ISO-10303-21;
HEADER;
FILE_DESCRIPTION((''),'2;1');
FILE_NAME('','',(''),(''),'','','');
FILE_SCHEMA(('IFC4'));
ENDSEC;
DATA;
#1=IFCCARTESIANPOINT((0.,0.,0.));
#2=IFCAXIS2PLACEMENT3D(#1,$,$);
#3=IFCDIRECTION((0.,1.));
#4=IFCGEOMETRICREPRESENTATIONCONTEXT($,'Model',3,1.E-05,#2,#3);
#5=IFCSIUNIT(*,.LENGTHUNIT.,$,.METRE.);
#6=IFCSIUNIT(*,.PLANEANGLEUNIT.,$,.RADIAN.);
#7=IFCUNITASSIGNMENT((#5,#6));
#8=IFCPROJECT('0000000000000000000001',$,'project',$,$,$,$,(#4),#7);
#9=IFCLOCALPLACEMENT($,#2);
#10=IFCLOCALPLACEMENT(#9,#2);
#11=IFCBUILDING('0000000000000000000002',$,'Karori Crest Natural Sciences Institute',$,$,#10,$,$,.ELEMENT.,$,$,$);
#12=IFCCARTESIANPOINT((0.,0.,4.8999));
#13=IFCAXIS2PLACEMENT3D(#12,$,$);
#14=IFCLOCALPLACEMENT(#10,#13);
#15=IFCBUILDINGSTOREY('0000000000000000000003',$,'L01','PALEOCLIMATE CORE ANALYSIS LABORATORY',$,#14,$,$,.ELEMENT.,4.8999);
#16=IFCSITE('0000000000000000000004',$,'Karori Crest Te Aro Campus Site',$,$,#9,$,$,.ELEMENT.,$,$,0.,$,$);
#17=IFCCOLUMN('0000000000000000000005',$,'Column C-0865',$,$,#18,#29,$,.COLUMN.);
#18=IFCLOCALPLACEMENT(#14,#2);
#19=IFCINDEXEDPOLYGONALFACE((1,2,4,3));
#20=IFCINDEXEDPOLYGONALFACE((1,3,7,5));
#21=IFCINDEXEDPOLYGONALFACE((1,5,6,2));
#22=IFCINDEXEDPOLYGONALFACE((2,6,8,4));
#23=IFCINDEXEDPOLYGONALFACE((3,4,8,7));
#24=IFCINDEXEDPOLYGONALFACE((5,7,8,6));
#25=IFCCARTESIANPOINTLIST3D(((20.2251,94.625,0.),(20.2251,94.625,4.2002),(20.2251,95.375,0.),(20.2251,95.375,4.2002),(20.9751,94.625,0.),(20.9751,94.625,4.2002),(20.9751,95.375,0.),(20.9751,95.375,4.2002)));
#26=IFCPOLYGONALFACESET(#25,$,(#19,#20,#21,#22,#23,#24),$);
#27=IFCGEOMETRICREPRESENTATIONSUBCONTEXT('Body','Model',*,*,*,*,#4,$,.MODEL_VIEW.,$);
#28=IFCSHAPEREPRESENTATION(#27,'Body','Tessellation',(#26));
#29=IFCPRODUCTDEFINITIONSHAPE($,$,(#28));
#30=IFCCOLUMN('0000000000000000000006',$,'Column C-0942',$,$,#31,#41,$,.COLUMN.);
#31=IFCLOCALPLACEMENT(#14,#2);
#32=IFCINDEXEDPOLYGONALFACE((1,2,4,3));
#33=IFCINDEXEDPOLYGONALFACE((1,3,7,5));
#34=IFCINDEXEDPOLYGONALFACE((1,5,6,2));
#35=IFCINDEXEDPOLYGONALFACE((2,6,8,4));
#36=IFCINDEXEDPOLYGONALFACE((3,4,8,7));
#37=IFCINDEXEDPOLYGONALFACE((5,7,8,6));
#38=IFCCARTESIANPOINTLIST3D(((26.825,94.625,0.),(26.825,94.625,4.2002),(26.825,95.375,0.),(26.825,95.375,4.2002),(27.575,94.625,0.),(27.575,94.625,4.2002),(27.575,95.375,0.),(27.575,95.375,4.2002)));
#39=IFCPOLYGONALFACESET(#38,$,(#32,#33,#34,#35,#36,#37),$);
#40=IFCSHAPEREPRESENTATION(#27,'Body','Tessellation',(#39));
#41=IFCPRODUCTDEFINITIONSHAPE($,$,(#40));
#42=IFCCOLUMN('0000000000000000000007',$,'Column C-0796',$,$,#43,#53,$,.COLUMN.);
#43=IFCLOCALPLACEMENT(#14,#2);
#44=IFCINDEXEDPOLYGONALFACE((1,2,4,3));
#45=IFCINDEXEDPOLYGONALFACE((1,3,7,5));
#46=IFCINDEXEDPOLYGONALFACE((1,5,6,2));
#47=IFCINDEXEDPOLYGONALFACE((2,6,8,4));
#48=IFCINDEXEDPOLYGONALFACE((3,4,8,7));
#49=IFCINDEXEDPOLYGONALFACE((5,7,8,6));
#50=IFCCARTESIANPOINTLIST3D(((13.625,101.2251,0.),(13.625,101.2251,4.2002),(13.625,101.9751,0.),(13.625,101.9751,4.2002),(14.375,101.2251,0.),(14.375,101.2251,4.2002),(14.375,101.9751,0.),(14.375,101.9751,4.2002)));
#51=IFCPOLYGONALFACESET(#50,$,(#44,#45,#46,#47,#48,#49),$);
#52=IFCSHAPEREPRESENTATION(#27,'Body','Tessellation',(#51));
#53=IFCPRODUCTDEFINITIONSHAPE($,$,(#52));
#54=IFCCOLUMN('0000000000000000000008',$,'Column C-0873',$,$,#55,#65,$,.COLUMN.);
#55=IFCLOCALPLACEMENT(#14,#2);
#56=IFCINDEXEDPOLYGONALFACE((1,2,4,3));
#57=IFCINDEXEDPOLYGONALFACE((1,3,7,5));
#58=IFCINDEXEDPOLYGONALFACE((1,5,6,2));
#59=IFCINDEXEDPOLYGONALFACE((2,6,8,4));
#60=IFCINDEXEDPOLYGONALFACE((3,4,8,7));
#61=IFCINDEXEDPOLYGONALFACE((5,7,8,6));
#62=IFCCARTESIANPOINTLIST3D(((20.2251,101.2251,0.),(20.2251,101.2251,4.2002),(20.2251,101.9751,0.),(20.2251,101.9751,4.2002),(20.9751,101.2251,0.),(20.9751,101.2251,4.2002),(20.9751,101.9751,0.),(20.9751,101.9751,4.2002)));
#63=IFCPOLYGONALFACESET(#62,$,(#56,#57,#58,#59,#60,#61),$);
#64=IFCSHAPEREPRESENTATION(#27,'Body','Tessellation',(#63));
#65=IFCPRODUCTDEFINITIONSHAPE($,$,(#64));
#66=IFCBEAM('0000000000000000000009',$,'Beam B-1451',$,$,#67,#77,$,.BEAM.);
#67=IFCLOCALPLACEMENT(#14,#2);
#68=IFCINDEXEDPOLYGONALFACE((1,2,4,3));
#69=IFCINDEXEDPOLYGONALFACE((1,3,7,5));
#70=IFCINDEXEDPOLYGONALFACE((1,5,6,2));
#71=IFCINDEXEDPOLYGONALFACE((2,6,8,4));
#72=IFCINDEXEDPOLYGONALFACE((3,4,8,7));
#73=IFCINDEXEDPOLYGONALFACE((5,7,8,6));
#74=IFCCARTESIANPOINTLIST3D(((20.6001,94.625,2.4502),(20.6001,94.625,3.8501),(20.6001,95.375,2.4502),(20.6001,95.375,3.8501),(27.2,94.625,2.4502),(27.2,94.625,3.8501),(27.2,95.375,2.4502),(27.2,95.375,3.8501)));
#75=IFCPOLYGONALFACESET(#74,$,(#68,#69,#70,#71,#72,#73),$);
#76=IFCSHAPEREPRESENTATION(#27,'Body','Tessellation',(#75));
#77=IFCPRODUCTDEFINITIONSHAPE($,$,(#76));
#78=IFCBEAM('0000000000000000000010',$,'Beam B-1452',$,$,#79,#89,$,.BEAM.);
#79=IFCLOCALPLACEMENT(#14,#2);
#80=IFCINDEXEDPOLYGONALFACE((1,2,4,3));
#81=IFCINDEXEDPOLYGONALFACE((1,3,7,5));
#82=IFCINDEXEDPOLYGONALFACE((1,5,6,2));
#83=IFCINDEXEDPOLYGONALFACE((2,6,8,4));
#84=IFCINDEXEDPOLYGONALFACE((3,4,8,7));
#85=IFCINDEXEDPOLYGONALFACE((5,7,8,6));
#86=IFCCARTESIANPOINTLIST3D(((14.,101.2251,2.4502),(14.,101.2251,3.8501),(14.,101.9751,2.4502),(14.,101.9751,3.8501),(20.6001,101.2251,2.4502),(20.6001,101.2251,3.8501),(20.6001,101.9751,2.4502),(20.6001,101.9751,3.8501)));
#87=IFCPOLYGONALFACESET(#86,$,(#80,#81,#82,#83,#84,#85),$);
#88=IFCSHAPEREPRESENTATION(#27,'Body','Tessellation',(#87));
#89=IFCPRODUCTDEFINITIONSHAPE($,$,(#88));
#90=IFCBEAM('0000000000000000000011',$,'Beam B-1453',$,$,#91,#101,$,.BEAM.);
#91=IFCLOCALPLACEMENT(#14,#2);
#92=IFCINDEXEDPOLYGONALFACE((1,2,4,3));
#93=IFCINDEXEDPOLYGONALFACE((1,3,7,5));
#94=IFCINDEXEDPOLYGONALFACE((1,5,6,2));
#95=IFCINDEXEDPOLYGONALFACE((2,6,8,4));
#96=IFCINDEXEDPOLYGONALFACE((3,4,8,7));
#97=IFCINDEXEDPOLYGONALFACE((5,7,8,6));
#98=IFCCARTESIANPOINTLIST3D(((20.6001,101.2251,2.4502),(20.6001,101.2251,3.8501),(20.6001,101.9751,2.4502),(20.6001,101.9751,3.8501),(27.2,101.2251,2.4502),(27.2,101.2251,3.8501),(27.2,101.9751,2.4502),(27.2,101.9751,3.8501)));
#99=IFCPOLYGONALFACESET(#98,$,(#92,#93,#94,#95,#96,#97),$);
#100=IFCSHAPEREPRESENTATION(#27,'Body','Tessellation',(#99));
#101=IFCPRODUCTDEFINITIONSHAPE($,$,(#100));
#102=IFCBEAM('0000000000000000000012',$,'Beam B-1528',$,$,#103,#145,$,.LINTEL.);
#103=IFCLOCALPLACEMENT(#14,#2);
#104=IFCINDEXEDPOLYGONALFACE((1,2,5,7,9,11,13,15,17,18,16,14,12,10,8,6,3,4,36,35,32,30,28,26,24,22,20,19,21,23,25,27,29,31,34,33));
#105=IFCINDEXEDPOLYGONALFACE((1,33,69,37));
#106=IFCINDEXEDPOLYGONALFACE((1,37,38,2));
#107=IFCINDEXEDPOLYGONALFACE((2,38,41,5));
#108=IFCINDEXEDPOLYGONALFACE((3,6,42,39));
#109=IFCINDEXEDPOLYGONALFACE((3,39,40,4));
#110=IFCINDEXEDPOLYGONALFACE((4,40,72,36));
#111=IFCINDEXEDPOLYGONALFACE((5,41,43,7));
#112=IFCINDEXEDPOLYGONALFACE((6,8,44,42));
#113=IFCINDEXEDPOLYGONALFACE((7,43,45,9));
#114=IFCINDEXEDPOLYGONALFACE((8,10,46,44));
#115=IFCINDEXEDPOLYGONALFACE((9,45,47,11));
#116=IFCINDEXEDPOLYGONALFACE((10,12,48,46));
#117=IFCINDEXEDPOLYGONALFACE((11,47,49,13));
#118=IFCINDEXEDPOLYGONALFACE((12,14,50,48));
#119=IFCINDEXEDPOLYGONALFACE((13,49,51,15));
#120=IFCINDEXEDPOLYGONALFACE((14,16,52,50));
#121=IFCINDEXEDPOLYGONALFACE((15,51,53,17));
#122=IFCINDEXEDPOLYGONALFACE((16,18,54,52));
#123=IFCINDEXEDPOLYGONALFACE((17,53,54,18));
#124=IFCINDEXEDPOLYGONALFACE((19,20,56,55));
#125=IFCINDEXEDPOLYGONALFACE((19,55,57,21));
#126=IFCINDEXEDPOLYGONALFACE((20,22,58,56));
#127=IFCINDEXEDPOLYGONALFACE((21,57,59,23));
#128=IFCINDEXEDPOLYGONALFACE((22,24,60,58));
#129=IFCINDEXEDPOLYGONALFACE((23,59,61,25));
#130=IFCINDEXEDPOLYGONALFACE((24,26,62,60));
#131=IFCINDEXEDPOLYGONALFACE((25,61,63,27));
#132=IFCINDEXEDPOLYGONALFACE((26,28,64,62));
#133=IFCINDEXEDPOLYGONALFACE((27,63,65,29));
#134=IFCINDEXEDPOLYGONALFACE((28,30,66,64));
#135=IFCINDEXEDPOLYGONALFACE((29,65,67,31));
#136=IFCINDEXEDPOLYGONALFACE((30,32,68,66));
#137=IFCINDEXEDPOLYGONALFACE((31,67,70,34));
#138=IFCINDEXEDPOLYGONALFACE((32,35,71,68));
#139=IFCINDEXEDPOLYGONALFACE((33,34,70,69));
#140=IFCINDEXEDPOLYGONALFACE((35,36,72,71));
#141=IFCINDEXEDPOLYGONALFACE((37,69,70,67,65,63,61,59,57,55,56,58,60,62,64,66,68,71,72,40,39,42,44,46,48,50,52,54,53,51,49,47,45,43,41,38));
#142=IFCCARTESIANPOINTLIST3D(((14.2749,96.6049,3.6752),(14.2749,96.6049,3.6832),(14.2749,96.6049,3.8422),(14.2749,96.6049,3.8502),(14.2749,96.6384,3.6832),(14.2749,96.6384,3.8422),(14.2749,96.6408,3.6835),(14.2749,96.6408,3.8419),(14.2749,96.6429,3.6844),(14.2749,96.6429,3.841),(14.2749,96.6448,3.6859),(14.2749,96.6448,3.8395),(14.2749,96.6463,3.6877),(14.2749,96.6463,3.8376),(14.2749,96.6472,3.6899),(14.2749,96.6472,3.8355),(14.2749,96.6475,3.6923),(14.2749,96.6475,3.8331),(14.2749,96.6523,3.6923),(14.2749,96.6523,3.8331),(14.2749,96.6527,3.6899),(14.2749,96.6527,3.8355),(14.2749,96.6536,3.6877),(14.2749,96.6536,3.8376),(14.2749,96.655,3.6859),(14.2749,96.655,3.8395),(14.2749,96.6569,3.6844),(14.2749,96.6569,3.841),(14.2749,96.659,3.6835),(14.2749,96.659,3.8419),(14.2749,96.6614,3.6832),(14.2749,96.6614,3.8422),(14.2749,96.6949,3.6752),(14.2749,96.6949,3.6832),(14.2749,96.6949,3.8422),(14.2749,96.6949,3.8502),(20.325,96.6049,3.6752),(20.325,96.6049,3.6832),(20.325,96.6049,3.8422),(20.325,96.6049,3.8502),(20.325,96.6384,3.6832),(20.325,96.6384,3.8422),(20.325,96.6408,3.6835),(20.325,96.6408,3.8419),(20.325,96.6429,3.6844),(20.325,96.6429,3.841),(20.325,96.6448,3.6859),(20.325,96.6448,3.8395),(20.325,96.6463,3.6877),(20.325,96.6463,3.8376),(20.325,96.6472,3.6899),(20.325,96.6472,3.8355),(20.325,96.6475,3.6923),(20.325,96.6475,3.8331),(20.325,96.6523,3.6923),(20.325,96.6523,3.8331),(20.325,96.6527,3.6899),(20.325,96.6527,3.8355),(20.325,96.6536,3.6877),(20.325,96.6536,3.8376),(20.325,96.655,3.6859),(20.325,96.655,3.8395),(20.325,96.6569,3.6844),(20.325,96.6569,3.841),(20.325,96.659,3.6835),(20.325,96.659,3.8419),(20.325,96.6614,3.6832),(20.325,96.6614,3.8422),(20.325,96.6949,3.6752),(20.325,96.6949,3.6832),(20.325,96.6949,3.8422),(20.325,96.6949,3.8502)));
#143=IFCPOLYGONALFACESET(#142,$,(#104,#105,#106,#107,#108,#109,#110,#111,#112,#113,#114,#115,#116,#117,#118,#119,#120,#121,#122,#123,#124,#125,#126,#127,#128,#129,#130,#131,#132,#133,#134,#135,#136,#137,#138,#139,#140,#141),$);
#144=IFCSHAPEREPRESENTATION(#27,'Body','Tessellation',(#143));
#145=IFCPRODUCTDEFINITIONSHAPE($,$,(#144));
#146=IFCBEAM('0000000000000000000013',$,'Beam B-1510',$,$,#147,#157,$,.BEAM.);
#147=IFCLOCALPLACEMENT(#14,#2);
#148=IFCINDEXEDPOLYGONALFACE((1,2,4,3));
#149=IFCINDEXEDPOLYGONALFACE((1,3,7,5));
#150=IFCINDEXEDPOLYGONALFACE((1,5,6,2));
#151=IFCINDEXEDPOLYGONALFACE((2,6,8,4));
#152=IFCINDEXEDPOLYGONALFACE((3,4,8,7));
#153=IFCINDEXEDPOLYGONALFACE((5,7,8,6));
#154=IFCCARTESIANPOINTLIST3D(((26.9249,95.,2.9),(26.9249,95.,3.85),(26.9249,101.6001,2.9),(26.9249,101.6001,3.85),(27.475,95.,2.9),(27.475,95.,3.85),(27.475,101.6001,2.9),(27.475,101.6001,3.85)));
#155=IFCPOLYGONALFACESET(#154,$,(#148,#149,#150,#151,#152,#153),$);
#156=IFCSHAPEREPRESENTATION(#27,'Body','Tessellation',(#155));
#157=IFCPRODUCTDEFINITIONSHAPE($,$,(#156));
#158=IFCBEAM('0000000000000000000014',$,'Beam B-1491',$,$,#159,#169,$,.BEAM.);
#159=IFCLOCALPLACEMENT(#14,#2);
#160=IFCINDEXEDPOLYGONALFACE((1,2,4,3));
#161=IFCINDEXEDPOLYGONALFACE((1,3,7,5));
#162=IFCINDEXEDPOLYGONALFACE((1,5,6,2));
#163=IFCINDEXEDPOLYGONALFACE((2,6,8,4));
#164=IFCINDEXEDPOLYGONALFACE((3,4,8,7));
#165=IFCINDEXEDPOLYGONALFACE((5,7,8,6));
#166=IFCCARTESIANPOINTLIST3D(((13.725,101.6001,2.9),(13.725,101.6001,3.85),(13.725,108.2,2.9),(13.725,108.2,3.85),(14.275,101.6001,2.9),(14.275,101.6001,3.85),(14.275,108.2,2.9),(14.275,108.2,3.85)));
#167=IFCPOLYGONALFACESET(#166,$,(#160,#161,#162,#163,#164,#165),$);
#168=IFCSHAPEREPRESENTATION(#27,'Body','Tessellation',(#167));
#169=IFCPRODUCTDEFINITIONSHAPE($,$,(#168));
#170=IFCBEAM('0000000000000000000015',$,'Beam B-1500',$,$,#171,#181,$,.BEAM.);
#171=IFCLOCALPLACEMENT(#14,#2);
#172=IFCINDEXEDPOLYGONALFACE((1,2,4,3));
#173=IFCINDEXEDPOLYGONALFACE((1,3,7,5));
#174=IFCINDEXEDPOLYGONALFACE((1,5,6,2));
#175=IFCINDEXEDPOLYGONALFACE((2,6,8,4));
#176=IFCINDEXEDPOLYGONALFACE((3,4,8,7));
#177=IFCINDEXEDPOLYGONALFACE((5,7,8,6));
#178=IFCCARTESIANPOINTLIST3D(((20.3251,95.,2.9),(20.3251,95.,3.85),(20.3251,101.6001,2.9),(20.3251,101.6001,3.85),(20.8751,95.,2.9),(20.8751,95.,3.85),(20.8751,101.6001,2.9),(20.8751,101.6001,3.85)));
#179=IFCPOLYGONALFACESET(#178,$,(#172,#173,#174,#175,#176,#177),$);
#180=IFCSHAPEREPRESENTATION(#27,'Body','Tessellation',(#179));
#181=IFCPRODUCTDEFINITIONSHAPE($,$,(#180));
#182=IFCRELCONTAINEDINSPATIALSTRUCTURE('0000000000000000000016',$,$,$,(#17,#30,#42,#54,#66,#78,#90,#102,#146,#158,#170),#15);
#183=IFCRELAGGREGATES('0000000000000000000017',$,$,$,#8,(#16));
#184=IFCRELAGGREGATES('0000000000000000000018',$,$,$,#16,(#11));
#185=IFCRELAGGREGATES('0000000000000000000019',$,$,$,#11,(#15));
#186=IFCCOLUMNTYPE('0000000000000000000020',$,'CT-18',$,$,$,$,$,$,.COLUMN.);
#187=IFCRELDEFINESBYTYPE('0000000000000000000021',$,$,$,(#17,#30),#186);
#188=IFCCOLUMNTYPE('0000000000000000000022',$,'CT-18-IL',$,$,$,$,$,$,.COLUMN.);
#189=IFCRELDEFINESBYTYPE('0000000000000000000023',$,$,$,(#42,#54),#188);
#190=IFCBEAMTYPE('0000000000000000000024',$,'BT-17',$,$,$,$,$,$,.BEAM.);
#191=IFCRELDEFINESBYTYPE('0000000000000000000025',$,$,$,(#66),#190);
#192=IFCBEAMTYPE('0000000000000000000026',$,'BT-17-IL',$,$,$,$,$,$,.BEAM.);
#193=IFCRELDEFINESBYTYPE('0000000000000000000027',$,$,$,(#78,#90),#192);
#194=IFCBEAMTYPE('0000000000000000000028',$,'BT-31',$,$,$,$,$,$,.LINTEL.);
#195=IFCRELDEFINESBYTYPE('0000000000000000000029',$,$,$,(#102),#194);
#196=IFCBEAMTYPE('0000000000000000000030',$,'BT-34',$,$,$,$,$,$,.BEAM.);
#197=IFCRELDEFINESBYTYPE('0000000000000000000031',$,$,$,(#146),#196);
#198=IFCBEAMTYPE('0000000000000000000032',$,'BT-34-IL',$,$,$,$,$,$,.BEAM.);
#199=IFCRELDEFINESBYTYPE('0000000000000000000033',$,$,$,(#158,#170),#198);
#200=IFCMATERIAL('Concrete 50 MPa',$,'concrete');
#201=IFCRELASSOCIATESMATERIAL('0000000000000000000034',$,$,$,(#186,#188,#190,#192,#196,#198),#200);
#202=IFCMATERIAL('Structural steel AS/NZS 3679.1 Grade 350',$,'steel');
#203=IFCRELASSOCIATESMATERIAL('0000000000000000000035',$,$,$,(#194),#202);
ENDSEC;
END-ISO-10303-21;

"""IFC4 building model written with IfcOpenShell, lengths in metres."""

from ifc_helpers import new_model, si_unit, direction, frame, origin, origin_2d, place, context, subcontext, project, spatial, rectangle, i_section, extrude, material, material_profile, profile_set, type_object, element, save


model = new_model("IFC4")

# Units and contexts
model_context = context("Model", 3, precision=1e-05, world=origin(), true_north=direction((0.0, 1.0)))
body_context = subcontext(model_context, "Body", "Model", "MODEL_VIEW")
ifc_project = project(units=[si_unit("LENGTHUNIT", "METRE"), si_unit("PLANEANGLEUNIT", "RADIAN")], contexts=[model_context])

# Site, building, storey
site_placement = place(None, origin())
site = spatial("IfcSite", under=ifc_project, at=site_placement, Name="Karori Crest Te Aro Campus Site", CompositionType="ELEMENT", RefElevation=0.0)
building_placement = place(site_placement, origin())
building = spatial("IfcBuilding", under=site, at=building_placement, Name="Karori Crest Natural Sciences Institute", CompositionType="ELEMENT")
storey_placement = place(building_placement, frame((0.0, 0.0, 4.8999)))
storey = spatial("IfcBuildingStorey", under=building, at=storey_placement, Name="L01", Description="PALEOCLIMATE CORE ANALYSIS LABORATORY", CompositionType="ELEMENT", Elevation=4.8999)

# Columns
ifc_material_1 = material(Name="Concrete 50 MPa", Category="concrete")
ifc_material_profile_1 = material_profile(ifc_material_1, rectangle(XDim=0.75, YDim=0.75, at=origin_2d()), Name="RC750x750")
ifc_profile_set_1 = profile_set([ifc_material_profile_1], Name="Concrete 50 MPa")
column_type_1 = type_object("IfcColumnType", Name="CT-18", PredefinedType="COLUMN", material=ifc_profile_set_1)
for number, where, z_axis, x_axis, name in (
    (1, (20.6001, 95.0, 0.0), (0.0, 0.0, 1.0), (1.0, 0.0, 0.0), "Column C-0865"),
    (2, (27.2, 95.0, 0.0), (0.0, 0.0, 1.0), (1.0, 0.0, 0.0), "Column C-0942"),
):
    element("IfcColumn", number, at=place(storey_placement, frame(where, z_axis=z_axis, x_axis=x_axis)), inside=storey, type_object=column_type_1, Name=name, PredefinedType="COLUMN", context=body_context, shape_type="SweptSolid", body=[
        extrude(rectangle(XDim=0.75, YDim=0.75, at=origin_2d()), origin(), (0.0, 0.0, 1.0), 4.2002),
    ])
ifc_material_profile_2 = material_profile(ifc_material_1, rectangle(XDim=0.75, YDim=0.75, at=origin_2d()), Name="RC750x750")
ifc_profile_set_2 = profile_set([ifc_material_profile_2], Name="Concrete 50 MPa")
column_type_2 = type_object("IfcColumnType", Name="CT-18-IL", PredefinedType="COLUMN", material=ifc_profile_set_2)
for number, where, z_axis, x_axis, name in (
    (3, (14.0, 101.6001, 0.0), (0.0, 0.0, 1.0), (1.0, 0.0, 0.0), "Column C-0796"),
    (4, (20.6001, 101.6001, 0.0), (0.0, 0.0, 1.0), (1.0, 0.0, 0.0), "Column C-0873"),
):
    element("IfcColumn", number, at=place(storey_placement, frame(where, z_axis=z_axis, x_axis=x_axis)), inside=storey, type_object=column_type_2, Name=name, PredefinedType="COLUMN", context=body_context, shape_type="SweptSolid", body=[
        extrude(rectangle(XDim=0.75, YDim=0.75, at=origin_2d()), origin(), (0.0, 0.0, 1.0), 4.2002),
    ])

# Beams
ifc_material_profile_3 = material_profile(ifc_material_1, rectangle(XDim=0.75, YDim=1.3999, at=origin_2d()), Name="RCB750x1400")
ifc_profile_set_3 = profile_set([ifc_material_profile_3], Name="Concrete 50 MPa")
beam_type_1 = type_object("IfcBeamType", Name="BT-17", PredefinedType="BEAM", material=ifc_profile_set_3)
beam_1_placement = place(storey_placement, frame((20.6001, 95.0, 3.1501), z_axis=(1.0, 0.0, 0.0), x_axis=(0.0, 1.0, 0.0)))
element("IfcBeam", 5, at=beam_1_placement, inside=storey, type_object=beam_type_1, Name="Beam B-1451", PredefinedType="BEAM", context=body_context, shape_type="SweptSolid", body=[
    extrude(rectangle(XDim=0.75, YDim=1.3999, at=origin_2d()), origin(), (0.0, 0.0, 1.0), 6.5999),
])
ifc_material_profile_4 = material_profile(ifc_material_1, rectangle(XDim=0.75, YDim=1.3999, at=origin_2d()), Name="RCB750x1400")
ifc_profile_set_4 = profile_set([ifc_material_profile_4], Name="Concrete 50 MPa")
beam_type_2 = type_object("IfcBeamType", Name="BT-17-IL", PredefinedType="BEAM", material=ifc_profile_set_4)
beam_2_placement = place(storey_placement, frame((14.0, 101.6001, 3.1501), z_axis=(1.0, 0.0, 0.0), x_axis=(0.0, 1.0, 0.0)))
element("IfcBeam", 6, at=beam_2_placement, inside=storey, type_object=beam_type_2, Name="Beam B-1452", PredefinedType="BEAM", context=body_context, shape_type="SweptSolid", body=[
    extrude(rectangle(XDim=0.75, YDim=1.3999, at=origin_2d()), origin(), (0.0, 0.0, 1.0), 6.6001),
])
beam_3_placement = place(storey_placement, frame((20.6001, 101.6001, 3.1501), z_axis=(1.0, 0.0, 0.0), x_axis=(0.0, 1.0, 0.0)))
element("IfcBeam", 7, at=beam_3_placement, inside=storey, type_object=beam_type_2, Name="Beam B-1453", PredefinedType="BEAM", context=body_context, shape_type="SweptSolid", body=[
    extrude(rectangle(XDim=0.75, YDim=1.3999, at=origin_2d()), origin(), (0.0, 0.0, 1.0), 6.5999),
])
ifc_material_2 = material(Name="Structural steel AS/NZS 3679.1 Grade 350", Category="steel")
ifc_material_profile_5 = material_profile(ifc_material_2, i_section(OverallWidth=0.0901, OverallDepth=0.175, WebThickness=0.0049, FlangeThickness=0.0081, FilletRadius=0.009, at=origin_2d()), Name="180UB18.1")
ifc_profile_set_5 = profile_set([ifc_material_profile_5], Name="Structural steel AS/NZS 3679.1 Grade 350")
beam_type_3 = type_object("IfcBeamType", Name="BT-31", PredefinedType="LINTEL", material=ifc_profile_set_5)
beam_4_placement = place(storey_placement, frame((14.2749, 96.6499, 3.7627), z_axis=(1.0, 0.0, 0.0), x_axis=(0.0, 1.0, 0.0)))
element("IfcBeam", 8, at=beam_4_placement, inside=storey, type_object=beam_type_3, Name="Beam B-1528", PredefinedType="LINTEL", context=body_context, shape_type="SweptSolid", body=[
    extrude(i_section(OverallWidth=0.0901, OverallDepth=0.175, WebThickness=0.0049, FlangeThickness=0.0081, FilletRadius=0.009, at=origin_2d()), origin(), (0.0, 0.0, 1.0), 6.05),
])
ifc_material_profile_6 = material_profile(ifc_material_1, rectangle(XDim=0.55, YDim=0.95, at=origin_2d()), Name="RCB550x950")
ifc_profile_set_6 = profile_set([ifc_material_profile_6], Name="Concrete 50 MPa")
beam_type_4 = type_object("IfcBeamType", Name="BT-34", PredefinedType="BEAM", material=ifc_profile_set_6)
beam_5_placement = place(storey_placement, frame((27.2, 95.0, 3.375), z_axis=(0.0, 1.0, 0.0), x_axis=(-1.0, 0.0, 0.0)))
element("IfcBeam", 9, at=beam_5_placement, inside=storey, type_object=beam_type_4, Name="Beam B-1510", PredefinedType="BEAM", context=body_context, shape_type="SweptSolid", body=[
    extrude(rectangle(XDim=0.55, YDim=0.95, at=origin_2d()), origin(), (0.0, 0.0, 1.0), 6.6001),
])
ifc_material_profile_7 = material_profile(ifc_material_1, rectangle(XDim=0.55, YDim=0.95, at=origin_2d()), Name="RCB550x950")
ifc_profile_set_7 = profile_set([ifc_material_profile_7], Name="Concrete 50 MPa")
beam_type_5 = type_object("IfcBeamType", Name="BT-34-IL", PredefinedType="BEAM", material=ifc_profile_set_7)
beam_6_placement = place(storey_placement, frame((14.0, 101.6001, 3.375), z_axis=(0.0, 1.0, 0.0), x_axis=(-1.0, 0.0, 0.0)))
element("IfcBeam", 10, at=beam_6_placement, inside=storey, type_object=beam_type_5, Name="Beam B-1491", PredefinedType="BEAM", context=body_context, shape_type="SweptSolid", body=[
    extrude(rectangle(XDim=0.55, YDim=0.95, at=origin_2d()), origin(), (0.0, 0.0, 1.0), 6.5999),
])
beam_7_placement = place(storey_placement, frame((20.6001, 95.0, 3.375), z_axis=(0.0, 1.0, 0.0), x_axis=(-1.0, 0.0, 0.0)))
element("IfcBeam", 11, at=beam_7_placement, inside=storey, type_object=beam_type_5, Name="Beam B-1500", PredefinedType="BEAM", context=body_context, shape_type="SweptSolid", body=[
    extrude(rectangle(XDim=0.55, YDim=0.95, at=origin_2d()), origin(), (0.0, 0.0, 1.0), 6.6001),
])

save(model, "model.ifc")
